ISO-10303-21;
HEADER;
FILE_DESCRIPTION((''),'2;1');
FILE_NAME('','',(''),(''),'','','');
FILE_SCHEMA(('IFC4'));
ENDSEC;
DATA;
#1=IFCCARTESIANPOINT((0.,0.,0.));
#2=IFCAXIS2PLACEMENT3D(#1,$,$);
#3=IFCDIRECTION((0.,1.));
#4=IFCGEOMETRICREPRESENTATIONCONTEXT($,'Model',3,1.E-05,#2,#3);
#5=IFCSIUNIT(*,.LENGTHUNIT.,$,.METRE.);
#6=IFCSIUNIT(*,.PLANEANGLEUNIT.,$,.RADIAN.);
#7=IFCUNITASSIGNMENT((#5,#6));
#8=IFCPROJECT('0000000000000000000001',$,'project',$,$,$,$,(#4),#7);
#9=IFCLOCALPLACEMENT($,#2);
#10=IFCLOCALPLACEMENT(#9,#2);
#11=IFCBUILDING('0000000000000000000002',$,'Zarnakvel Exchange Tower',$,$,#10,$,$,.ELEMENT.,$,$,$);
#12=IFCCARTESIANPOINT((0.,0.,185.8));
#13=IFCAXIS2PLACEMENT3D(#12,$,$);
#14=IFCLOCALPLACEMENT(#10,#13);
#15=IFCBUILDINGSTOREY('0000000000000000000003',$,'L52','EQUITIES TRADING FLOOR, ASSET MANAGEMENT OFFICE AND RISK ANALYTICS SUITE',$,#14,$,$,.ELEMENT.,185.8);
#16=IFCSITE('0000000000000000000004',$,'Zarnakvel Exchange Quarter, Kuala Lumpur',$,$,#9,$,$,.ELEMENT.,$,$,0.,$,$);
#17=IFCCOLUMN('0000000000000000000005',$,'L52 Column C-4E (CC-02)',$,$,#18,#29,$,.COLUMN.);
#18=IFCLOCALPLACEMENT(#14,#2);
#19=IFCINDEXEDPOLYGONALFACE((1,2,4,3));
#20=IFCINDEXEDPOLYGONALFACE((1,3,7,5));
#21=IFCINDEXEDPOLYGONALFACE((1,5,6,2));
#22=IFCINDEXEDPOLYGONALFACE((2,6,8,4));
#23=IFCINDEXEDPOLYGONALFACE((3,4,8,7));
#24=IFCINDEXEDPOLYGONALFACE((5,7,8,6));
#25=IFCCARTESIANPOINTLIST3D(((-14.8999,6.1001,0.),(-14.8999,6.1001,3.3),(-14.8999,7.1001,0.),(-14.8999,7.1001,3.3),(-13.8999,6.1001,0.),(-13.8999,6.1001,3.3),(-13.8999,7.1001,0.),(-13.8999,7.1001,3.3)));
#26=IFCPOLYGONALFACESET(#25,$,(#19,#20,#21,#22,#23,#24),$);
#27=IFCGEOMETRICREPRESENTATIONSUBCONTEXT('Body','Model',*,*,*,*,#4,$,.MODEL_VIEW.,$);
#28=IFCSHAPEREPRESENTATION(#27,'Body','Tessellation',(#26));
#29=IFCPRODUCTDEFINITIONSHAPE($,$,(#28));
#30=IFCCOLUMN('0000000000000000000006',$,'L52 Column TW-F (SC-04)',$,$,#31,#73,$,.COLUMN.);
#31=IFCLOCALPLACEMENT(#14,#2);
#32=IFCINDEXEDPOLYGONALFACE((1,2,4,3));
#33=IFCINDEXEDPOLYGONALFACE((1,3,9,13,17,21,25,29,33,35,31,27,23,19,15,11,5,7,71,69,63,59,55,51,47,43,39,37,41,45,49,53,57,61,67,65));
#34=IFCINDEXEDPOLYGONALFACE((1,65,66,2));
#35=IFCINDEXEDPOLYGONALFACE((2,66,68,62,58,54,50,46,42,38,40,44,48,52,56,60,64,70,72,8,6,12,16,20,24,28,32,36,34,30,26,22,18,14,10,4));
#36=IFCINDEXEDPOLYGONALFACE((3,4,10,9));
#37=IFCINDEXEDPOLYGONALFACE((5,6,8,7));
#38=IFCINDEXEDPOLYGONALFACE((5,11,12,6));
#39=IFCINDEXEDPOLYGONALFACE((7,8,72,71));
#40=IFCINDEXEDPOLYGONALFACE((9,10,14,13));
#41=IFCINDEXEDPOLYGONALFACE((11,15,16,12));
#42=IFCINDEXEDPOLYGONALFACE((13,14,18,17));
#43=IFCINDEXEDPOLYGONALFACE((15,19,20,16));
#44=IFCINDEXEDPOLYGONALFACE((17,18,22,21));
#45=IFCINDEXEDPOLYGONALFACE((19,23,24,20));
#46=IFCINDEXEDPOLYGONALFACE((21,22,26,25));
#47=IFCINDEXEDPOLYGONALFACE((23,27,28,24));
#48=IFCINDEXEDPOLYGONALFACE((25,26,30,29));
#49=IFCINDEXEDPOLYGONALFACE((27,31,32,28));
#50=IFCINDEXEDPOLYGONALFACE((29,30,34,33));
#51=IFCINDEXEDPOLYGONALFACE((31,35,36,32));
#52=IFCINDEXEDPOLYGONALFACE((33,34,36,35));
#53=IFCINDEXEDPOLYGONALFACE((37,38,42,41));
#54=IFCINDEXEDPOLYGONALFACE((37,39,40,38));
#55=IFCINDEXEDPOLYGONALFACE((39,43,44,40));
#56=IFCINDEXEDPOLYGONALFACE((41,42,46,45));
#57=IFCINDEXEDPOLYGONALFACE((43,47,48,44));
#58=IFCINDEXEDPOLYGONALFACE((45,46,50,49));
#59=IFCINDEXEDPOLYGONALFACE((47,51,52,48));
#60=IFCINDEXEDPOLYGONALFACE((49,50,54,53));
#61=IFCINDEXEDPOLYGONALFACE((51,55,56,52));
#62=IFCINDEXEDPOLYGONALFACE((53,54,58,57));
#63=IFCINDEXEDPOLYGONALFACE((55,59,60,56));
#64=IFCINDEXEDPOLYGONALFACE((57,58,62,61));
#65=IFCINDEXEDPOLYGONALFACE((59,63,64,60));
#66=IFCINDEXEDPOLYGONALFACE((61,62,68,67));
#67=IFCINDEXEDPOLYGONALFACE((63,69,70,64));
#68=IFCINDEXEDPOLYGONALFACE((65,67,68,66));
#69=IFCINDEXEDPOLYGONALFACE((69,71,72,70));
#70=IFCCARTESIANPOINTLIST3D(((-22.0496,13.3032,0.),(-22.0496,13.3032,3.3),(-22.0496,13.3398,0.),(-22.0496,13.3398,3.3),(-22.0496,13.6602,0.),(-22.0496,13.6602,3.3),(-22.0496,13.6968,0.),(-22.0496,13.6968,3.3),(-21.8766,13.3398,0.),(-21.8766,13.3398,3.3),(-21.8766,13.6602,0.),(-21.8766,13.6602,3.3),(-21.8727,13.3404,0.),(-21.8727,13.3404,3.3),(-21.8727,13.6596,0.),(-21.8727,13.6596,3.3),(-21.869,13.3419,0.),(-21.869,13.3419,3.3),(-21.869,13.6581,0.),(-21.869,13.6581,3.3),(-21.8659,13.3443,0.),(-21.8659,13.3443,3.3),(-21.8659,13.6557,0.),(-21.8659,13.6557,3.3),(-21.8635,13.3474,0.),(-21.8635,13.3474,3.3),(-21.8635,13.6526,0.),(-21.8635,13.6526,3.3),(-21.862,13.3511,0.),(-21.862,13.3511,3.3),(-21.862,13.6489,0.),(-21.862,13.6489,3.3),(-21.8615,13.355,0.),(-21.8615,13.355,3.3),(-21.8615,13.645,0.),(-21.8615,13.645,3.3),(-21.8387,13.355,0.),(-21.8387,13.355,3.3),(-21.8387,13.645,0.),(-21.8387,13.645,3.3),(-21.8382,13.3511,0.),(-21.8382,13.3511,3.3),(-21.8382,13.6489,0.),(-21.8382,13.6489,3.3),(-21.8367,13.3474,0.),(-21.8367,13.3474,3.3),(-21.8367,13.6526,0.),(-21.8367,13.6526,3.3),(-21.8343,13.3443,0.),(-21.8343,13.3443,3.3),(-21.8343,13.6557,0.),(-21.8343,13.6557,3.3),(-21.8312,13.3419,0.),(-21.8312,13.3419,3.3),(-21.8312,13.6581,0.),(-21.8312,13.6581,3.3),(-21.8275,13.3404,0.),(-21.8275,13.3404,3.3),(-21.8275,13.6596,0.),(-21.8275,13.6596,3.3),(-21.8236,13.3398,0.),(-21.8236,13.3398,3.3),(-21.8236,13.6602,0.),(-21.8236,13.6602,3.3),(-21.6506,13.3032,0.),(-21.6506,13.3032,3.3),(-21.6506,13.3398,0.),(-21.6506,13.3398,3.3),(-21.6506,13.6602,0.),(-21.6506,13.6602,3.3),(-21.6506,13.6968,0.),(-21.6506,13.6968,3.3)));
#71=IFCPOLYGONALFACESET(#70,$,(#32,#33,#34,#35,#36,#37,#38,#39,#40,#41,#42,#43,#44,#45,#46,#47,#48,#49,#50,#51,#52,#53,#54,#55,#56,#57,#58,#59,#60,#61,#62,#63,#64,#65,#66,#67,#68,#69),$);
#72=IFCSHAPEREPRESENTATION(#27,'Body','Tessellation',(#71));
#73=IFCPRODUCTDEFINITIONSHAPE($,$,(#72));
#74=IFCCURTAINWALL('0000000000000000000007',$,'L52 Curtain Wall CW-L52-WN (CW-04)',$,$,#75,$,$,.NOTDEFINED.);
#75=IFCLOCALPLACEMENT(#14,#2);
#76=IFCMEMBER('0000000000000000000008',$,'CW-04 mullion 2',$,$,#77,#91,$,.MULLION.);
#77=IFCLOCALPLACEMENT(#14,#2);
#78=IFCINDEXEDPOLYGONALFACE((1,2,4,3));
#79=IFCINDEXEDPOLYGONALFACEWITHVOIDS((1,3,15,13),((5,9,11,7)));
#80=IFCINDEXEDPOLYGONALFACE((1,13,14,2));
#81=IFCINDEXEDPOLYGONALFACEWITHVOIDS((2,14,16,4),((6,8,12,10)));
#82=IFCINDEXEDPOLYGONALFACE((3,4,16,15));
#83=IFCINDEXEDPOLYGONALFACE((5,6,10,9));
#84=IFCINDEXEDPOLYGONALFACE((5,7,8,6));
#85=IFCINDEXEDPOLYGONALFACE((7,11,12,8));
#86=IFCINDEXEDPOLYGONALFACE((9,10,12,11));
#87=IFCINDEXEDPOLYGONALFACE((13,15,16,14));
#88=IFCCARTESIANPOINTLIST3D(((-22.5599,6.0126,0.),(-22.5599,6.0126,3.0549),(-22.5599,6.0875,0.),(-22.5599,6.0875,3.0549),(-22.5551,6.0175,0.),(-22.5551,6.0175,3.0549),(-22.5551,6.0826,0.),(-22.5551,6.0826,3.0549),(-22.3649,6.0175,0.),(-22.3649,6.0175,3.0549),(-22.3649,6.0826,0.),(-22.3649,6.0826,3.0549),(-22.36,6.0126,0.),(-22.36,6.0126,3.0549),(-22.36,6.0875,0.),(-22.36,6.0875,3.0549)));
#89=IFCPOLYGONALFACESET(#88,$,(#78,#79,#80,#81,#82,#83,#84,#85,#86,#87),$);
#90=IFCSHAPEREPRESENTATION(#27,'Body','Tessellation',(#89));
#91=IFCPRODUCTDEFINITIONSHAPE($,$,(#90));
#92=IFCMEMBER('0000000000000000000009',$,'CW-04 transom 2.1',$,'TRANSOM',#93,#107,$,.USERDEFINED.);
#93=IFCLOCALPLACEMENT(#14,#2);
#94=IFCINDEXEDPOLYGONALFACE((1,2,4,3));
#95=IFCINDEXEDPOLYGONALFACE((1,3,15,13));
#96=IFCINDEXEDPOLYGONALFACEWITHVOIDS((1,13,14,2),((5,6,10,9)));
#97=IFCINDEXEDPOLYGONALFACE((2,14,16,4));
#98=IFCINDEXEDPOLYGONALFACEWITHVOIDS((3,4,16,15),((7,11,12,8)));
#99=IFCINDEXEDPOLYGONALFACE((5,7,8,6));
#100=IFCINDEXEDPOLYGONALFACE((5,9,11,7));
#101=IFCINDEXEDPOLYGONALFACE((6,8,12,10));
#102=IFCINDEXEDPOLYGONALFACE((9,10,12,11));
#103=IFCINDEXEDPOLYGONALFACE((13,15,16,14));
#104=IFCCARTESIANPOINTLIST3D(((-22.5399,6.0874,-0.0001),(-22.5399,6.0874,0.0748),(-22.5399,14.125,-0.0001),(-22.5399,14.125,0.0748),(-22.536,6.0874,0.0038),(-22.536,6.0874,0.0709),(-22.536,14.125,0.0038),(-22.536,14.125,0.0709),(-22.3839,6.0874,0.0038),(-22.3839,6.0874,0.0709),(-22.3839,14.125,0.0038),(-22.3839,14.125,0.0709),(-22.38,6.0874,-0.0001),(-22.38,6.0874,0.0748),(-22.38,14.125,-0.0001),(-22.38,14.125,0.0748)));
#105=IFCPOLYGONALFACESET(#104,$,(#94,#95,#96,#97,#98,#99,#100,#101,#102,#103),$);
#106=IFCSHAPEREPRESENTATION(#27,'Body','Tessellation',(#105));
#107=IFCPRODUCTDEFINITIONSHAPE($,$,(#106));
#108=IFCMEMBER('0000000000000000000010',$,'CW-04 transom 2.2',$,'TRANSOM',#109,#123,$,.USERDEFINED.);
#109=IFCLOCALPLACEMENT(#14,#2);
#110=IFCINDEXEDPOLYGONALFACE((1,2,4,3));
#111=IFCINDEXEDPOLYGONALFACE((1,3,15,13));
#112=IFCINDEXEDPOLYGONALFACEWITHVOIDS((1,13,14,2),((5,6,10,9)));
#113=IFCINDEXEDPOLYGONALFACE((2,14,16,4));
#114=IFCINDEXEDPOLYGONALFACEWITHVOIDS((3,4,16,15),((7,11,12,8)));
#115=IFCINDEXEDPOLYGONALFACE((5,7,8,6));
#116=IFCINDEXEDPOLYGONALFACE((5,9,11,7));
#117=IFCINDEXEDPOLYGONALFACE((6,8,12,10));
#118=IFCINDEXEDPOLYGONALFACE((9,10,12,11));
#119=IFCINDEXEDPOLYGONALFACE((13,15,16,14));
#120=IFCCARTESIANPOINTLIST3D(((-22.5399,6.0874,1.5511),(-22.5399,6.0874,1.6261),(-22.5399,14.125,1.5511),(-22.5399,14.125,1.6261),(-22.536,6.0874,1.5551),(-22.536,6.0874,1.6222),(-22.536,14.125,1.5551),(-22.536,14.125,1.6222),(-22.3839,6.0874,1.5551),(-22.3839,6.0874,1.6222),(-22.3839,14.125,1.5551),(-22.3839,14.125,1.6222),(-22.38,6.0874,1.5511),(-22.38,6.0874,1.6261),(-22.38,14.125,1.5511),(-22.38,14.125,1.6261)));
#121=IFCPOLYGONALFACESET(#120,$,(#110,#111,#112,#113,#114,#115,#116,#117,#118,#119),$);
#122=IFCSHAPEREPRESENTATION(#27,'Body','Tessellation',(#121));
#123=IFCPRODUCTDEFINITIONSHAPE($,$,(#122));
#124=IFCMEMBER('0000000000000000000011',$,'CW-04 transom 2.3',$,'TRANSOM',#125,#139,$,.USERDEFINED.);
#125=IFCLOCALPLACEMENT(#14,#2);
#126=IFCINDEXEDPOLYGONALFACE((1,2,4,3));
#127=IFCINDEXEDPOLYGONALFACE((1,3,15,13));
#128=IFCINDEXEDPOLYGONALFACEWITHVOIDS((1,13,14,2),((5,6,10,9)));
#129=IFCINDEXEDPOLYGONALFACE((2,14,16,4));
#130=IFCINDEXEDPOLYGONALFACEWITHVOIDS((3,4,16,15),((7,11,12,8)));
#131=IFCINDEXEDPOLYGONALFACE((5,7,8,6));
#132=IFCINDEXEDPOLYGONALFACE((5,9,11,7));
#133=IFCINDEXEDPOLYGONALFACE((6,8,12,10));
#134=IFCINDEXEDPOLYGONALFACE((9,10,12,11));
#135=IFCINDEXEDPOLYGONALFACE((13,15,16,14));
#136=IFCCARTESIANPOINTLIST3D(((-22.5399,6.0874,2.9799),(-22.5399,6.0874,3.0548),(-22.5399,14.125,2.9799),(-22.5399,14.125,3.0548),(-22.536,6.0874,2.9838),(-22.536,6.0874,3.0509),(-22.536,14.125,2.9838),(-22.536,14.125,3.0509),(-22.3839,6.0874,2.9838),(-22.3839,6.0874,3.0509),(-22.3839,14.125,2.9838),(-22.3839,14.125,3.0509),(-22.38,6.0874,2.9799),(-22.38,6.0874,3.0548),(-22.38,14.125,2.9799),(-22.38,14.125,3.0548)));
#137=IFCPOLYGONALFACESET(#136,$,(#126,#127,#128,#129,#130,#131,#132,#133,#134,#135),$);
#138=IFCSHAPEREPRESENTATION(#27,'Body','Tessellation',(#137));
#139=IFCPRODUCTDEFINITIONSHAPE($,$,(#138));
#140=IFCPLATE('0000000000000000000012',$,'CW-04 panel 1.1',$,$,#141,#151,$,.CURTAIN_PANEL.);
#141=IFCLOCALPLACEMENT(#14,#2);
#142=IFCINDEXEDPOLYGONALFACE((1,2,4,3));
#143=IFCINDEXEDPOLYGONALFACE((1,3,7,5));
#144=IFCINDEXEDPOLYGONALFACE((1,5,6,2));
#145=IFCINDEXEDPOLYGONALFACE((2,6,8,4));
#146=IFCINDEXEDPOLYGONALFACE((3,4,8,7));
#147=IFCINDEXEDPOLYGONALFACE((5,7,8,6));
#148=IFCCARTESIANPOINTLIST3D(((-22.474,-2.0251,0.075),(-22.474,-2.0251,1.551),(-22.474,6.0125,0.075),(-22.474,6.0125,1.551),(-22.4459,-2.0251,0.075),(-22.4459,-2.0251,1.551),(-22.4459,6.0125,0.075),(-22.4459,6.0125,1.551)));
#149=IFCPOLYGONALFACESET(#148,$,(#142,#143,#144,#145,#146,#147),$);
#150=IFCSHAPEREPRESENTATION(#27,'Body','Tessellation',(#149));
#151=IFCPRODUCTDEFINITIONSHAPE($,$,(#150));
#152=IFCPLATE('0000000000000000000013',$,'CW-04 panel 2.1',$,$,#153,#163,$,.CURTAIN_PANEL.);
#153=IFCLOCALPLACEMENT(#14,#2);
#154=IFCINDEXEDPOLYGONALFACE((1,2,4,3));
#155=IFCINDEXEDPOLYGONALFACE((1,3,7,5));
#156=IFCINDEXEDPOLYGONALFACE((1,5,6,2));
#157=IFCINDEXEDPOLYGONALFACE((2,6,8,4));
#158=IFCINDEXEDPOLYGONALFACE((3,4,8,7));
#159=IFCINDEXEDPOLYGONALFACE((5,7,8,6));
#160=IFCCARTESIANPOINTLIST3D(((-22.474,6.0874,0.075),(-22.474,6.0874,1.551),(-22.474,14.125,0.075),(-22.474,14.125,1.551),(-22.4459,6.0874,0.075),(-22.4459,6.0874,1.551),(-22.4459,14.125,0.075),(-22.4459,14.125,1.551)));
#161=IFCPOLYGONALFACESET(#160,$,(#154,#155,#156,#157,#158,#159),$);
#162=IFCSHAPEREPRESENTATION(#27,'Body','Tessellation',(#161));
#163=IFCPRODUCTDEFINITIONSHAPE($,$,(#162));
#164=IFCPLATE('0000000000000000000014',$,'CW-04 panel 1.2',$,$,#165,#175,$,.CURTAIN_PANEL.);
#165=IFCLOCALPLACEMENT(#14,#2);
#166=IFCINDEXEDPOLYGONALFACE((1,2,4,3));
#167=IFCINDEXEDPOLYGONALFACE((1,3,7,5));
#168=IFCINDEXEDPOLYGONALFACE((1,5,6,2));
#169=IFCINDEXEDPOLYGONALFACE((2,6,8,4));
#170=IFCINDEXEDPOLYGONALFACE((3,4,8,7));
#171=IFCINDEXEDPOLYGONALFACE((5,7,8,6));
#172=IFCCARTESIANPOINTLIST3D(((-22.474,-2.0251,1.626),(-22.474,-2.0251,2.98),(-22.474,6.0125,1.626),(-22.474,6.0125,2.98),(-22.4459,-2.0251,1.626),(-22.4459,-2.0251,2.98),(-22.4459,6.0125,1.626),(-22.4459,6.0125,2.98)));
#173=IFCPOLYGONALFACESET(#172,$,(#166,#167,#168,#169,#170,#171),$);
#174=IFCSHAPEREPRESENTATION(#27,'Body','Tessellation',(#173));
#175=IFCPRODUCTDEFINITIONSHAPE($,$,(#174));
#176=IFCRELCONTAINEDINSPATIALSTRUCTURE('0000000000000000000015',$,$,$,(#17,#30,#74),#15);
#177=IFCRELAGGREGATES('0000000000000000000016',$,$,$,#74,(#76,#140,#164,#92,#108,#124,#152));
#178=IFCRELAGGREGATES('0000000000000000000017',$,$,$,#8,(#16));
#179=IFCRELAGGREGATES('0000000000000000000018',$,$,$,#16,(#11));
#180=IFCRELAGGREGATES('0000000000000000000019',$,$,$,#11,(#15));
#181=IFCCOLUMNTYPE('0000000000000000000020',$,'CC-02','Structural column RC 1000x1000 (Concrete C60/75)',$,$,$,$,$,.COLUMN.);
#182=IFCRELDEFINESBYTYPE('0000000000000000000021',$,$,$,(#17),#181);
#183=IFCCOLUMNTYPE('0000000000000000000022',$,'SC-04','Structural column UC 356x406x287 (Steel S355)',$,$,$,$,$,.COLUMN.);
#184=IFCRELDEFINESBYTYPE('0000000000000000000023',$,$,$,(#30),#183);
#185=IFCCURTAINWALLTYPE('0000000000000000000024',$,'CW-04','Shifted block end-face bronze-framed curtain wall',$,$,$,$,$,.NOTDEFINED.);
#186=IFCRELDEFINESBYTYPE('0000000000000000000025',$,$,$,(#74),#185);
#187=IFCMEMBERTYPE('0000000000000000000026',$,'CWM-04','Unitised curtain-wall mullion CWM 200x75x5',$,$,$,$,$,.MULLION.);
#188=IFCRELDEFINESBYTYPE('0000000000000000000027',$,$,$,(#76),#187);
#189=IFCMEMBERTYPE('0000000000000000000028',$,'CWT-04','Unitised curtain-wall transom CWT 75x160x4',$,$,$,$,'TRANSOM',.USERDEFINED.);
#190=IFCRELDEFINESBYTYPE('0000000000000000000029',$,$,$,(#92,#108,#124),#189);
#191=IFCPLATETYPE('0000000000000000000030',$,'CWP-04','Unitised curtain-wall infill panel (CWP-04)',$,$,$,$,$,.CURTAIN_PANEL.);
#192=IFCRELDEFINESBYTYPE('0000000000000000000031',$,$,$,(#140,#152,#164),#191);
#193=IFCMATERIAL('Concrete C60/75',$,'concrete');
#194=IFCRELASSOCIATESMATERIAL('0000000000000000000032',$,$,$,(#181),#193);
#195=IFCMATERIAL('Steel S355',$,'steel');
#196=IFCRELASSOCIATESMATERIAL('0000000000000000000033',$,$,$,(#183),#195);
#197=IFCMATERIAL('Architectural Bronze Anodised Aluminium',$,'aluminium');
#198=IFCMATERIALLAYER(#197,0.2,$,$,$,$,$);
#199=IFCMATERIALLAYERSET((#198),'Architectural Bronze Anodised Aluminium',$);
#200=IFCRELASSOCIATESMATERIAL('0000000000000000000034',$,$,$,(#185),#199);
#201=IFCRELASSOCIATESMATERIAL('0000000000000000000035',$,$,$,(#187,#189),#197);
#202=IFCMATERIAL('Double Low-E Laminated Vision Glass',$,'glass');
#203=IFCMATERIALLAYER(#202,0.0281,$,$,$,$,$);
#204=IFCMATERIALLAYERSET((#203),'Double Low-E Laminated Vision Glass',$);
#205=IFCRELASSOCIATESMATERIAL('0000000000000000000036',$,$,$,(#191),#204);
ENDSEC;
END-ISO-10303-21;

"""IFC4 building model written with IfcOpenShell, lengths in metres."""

from ifc_helpers import new_model, si_unit, direction, frame, origin, origin_2d, place, context, subcontext, project, spatial, rectangle, hollow_rectangle, i_section, extrude, source, transform, mapped, material, layer, layer_set, material_profile, profile_set, type_object, element, aggregate, save


model = new_model("IFC4")

# Units and contexts
model_context = context("Model", 3, precision=1e-05, world=origin(), true_north=direction((0.0, 1.0)))
body_context = subcontext(model_context, "Body", "Model", "MODEL_VIEW")
ifc_project = project(units=[si_unit("LENGTHUNIT", "METRE"), si_unit("PLANEANGLEUNIT", "RADIAN")], contexts=[model_context])

# Site, building, storey
site_placement = place(None, origin())
site = spatial("IfcSite", under=ifc_project, at=site_placement, Name="Zarnakvel Exchange Quarter, Kuala Lumpur", CompositionType="ELEMENT", RefElevation=0.0)
building_placement = place(site_placement, origin())
building = spatial("IfcBuilding", under=site, at=building_placement, Name="Zarnakvel Exchange Tower", CompositionType="ELEMENT")
storey_placement = place(building_placement, frame((0.0, 0.0, 185.8)))
storey = spatial("IfcBuildingStorey", under=building, at=storey_placement, Name="L52", Description="EQUITIES TRADING FLOOR, ASSET MANAGEMENT OFFICE AND RISK ANALYTICS SUITE", CompositionType="ELEMENT", Elevation=185.8)

# Columns
ifc_material_1 = material(Name="Concrete C60/75", Category="concrete")
ifc_material_profile_1 = material_profile(ifc_material_1, rectangle(XDim=1.0, YDim=1.0, at=origin_2d()))
ifc_profile_set_1 = profile_set([ifc_material_profile_1], Name="Concrete C60/75")
column_type_1 = type_object("IfcColumnType", Name="CC-02", Description="Structural column RC 1000x1000 (Concrete C60/75)", PredefinedType="COLUMN", material=ifc_profile_set_1)
column_1_placement = place(storey_placement, frame((-14.3999, 6.6001, 0.0), z_axis=(0.0, 0.0, 1.0), x_axis=(1.0, 0.0, 0.0)))
element("IfcColumn", 1, at=column_1_placement, inside=storey, type_object=column_type_1, Name="L52 Column C-4E (CC-02)", PredefinedType="COLUMN", context=body_context, shape_type="SweptSolid", body=[
    extrude(rectangle(XDim=1.0, YDim=1.0, at=origin_2d()), origin(), (0.0, 0.0, 1.0), 3.3),
])
ifc_material_2 = material(Name="Steel S355", Category="steel")
ifc_material_profile_2 = material_profile(ifc_material_2, i_section(OverallWidth=0.3989, OverallDepth=0.3936, WebThickness=0.0227, FlangeThickness=0.0366, FilletRadius=0.0151, at=origin_2d()))
ifc_profile_set_2 = profile_set([ifc_material_profile_2], Name="Steel S355")
column_type_2 = type_object("IfcColumnType", Name="SC-04", Description="Structural column UC 356x406x287 (Steel S355)", PredefinedType="COLUMN", material=ifc_profile_set_2)
column_2_placement = place(storey_placement, frame((-21.8501, 13.5, 0.0), z_axis=(0.0, 0.0, 1.0), x_axis=(1.0, 0.0, 0.0)))
element("IfcColumn", 2, at=column_2_placement, inside=storey, type_object=column_type_2, Name="L52 Column TW-F (SC-04)", PredefinedType="COLUMN", context=body_context, shape_type="SweptSolid", body=[
    extrude(i_section(OverallWidth=0.3989, OverallDepth=0.3936, WebThickness=0.0227, FlangeThickness=0.0366, FilletRadius=0.0151, at=origin_2d()), origin(), (0.0, 0.0, 1.0), 3.3),
])

# Curtain wall, members, plates
ifc_material_3 = material(Name="Architectural Bronze Anodised Aluminium", Category="aluminium")
ifc_layer_1 = layer(ifc_material_3, 0.2)
ifc_layer_set_1 = layer_set([ifc_layer_1], Name="Architectural Bronze Anodised Aluminium")
curtain_wall_type = type_object("IfcCurtainWallType", Name="CW-04", Description="Shifted block end-face bronze-framed curtain wall", PredefinedType="NOTDEFINED", material=ifc_layer_set_1)
curtain_wall_placement = place(storey_placement, origin())
curtain_wall = element("IfcCurtainWall", 3, at=curtain_wall_placement, inside=storey, type_object=curtain_wall_type, Name="L52 Curtain Wall CW-L52-WN (CW-04)", PredefinedType="NOTDEFINED")
ifc_material_profile_3 = material_profile(ifc_material_3, hollow_rectangle(XDim=0.2, YDim=0.075, WallThickness=0.0049, at=origin_2d()))
ifc_profile_set_3 = profile_set([ifc_material_profile_3], Name="Architectural Bronze Anodised Aluminium")
member_type_1 = type_object("IfcMemberType", Name="CWM-04", Description="Unitised curtain-wall mullion CWM 200x75x5", PredefinedType="MULLION", material=ifc_profile_set_3)
shared_shape_1 = source(origin(), body_context, "Body", "SweptSolid", [
    extrude(hollow_rectangle(XDim=0.2, YDim=0.075, WallThickness=0.0049, at=origin_2d()), origin(), (0.0, 0.0, 1.0), 3.0549),
])
member_1_placement = place(storey_placement, frame((-22.46, 6.05, 0.0), z_axis=(0.0, 0.0, 1.0), x_axis=(-1.0, 0.0, 0.0)))
member_1 = element("IfcMember", 4, at=member_1_placement, type_object=member_type_1, Name="CW-04 mullion 2", PredefinedType="MULLION", context=body_context, shape_type="MappedRepresentation", body=[
    mapped(shared_shape_1, transform((0.0, 0.0, 0.0), x_axis=(1.0, 0.0, 0.0), y_axis=(0.0, 1.0, 0.0), z_axis=(0.0, 0.0, 1.0), scale=1.0)),
])
ifc_material_profile_4 = material_profile(ifc_material_3, hollow_rectangle(XDim=0.1599, YDim=0.075, WallThickness=0.0039, at=origin_2d()))
ifc_profile_set_4 = profile_set([ifc_material_profile_4], Name="Architectural Bronze Anodised Aluminium")
member_type_2 = type_object("IfcMemberType", Name="CWT-04", Description="Unitised curtain-wall transom CWT 75x160x4", ElementType="TRANSOM", PredefinedType="USERDEFINED", material=ifc_profile_set_4)
shared_shape_2 = source(origin(), body_context, "Body", "SweptSolid", [
    extrude(hollow_rectangle(XDim=0.1599, YDim=0.075, WallThickness=0.0039, at=origin_2d()), origin(), (0.0, 0.0, 1.0), 8.0376),
])
member_2_placement = place(storey_placement, frame((-22.46, 6.0874, 0.0374), z_axis=(0.0, 1.0, 0.0), x_axis=(-1.0, 0.0, 0.0)))
member_2 = element("IfcMember", 5, at=member_2_placement, type_object=member_type_2, Name="CW-04 transom 2.1", ObjectType="TRANSOM", PredefinedType="USERDEFINED", context=body_context, shape_type="MappedRepresentation", body=[
    mapped(shared_shape_2, transform((0.0, 0.0, 0.0), x_axis=(1.0, 0.0, 0.0), y_axis=(0.0, 1.0, 0.0), z_axis=(0.0, 0.0, 1.0), scale=1.0)),
])
member_3_placement = place(storey_placement, frame((-22.46, 6.0874, 1.5886), z_axis=(0.0, 1.0, 0.0), x_axis=(-1.0, 0.0, 0.0)))
member_3 = element("IfcMember", 6, at=member_3_placement, type_object=member_type_2, Name="CW-04 transom 2.2", ObjectType="TRANSOM", PredefinedType="USERDEFINED", context=body_context, shape_type="MappedRepresentation", body=[
    mapped(shared_shape_2, transform((0.0, 0.0, 0.0), x_axis=(1.0, 0.0, 0.0), y_axis=(0.0, 1.0, 0.0), z_axis=(0.0, 0.0, 1.0), scale=1.0)),
])
member_4_placement = place(storey_placement, frame((-22.46, 6.0874, 3.0173), z_axis=(0.0, 1.0, 0.0), x_axis=(-1.0, 0.0, 0.0)))
member_4 = element("IfcMember", 7, at=member_4_placement, type_object=member_type_2, Name="CW-04 transom 2.3", ObjectType="TRANSOM", PredefinedType="USERDEFINED", context=body_context, shape_type="MappedRepresentation", body=[
    mapped(shared_shape_2, transform((0.0, 0.0, 0.0), x_axis=(1.0, 0.0, 0.0), y_axis=(0.0, 1.0, 0.0), z_axis=(0.0, 0.0, 1.0), scale=1.0)),
])
ifc_material_4 = material(Name="Double Low-E Laminated Vision Glass", Category="glass")
ifc_layer_2 = layer(ifc_material_4, 0.0281)
ifc_layer_set_2 = layer_set([ifc_layer_2], Name="Double Low-E Laminated Vision Glass")
plate_type = type_object("IfcPlateType", Name="CWP-04", Description="Unitised curtain-wall infill panel (CWP-04)", PredefinedType="CURTAIN_PANEL", material=ifc_layer_set_2)
shared_shape_3 = source(origin(), body_context, "Body", "SweptSolid", [
    extrude(rectangle(XDim=8.0376, YDim=0.0281, at=origin_2d()), origin(), (0.0, 0.0, 1.0), 1.4761),
])
plate_1_placement = place(storey_placement, frame((-22.46, 1.9937, 0.075), z_axis=(0.0, 0.0, 1.0), x_axis=(0.0, 1.0, 0.0)))
plate_1 = element("IfcPlate", 8, at=plate_1_placement, type_object=plate_type, Name="CW-04 panel 1.1", PredefinedType="CURTAIN_PANEL", context=body_context, shape_type="MappedRepresentation", body=[
    mapped(shared_shape_3, transform((0.0, 0.0, 0.0), x_axis=(1.0, 0.0, 0.0), y_axis=(0.0, 1.0, 0.0), z_axis=(0.0, 0.0, 1.0), scale=1.0)),
])
plate_2_placement = place(storey_placement, frame((-22.46, 10.1062, 0.075), z_axis=(0.0, 0.0, 1.0), x_axis=(0.0, 1.0, 0.0)))
plate_2 = element("IfcPlate", 9, at=plate_2_placement, type_object=plate_type, Name="CW-04 panel 2.1", PredefinedType="CURTAIN_PANEL", context=body_context, shape_type="MappedRepresentation", body=[
    mapped(shared_shape_3, transform((0.0, 0.0, 0.0), x_axis=(1.0, 0.0, 0.0), y_axis=(0.0, 1.0, 0.0), z_axis=(0.0, 0.0, 1.0), scale=1.0)),
])
shared_shape_4 = source(origin(), body_context, "Body", "SweptSolid", [
    extrude(rectangle(XDim=8.0376, YDim=0.0281, at=origin_2d()), origin(), (0.0, 0.0, 1.0), 1.354),
])
plate_3_placement = place(storey_placement, frame((-22.46, 1.9937, 1.626), z_axis=(0.0, 0.0, 1.0), x_axis=(0.0, 1.0, 0.0)))
plate_3 = element("IfcPlate", 10, at=plate_3_placement, type_object=plate_type, Name="CW-04 panel 1.2", PredefinedType="CURTAIN_PANEL", context=body_context, shape_type="MappedRepresentation", body=[
    mapped(shared_shape_4, transform((0.0, 0.0, 0.0), x_axis=(1.0, 0.0, 0.0), y_axis=(0.0, 1.0, 0.0), z_axis=(0.0, 0.0, 1.0), scale=1.0)),
])
aggregate(curtain_wall, [member_1, plate_1, plate_3, member_2, member_3, member_4, plate_2])

save(model, "model.ifc")
